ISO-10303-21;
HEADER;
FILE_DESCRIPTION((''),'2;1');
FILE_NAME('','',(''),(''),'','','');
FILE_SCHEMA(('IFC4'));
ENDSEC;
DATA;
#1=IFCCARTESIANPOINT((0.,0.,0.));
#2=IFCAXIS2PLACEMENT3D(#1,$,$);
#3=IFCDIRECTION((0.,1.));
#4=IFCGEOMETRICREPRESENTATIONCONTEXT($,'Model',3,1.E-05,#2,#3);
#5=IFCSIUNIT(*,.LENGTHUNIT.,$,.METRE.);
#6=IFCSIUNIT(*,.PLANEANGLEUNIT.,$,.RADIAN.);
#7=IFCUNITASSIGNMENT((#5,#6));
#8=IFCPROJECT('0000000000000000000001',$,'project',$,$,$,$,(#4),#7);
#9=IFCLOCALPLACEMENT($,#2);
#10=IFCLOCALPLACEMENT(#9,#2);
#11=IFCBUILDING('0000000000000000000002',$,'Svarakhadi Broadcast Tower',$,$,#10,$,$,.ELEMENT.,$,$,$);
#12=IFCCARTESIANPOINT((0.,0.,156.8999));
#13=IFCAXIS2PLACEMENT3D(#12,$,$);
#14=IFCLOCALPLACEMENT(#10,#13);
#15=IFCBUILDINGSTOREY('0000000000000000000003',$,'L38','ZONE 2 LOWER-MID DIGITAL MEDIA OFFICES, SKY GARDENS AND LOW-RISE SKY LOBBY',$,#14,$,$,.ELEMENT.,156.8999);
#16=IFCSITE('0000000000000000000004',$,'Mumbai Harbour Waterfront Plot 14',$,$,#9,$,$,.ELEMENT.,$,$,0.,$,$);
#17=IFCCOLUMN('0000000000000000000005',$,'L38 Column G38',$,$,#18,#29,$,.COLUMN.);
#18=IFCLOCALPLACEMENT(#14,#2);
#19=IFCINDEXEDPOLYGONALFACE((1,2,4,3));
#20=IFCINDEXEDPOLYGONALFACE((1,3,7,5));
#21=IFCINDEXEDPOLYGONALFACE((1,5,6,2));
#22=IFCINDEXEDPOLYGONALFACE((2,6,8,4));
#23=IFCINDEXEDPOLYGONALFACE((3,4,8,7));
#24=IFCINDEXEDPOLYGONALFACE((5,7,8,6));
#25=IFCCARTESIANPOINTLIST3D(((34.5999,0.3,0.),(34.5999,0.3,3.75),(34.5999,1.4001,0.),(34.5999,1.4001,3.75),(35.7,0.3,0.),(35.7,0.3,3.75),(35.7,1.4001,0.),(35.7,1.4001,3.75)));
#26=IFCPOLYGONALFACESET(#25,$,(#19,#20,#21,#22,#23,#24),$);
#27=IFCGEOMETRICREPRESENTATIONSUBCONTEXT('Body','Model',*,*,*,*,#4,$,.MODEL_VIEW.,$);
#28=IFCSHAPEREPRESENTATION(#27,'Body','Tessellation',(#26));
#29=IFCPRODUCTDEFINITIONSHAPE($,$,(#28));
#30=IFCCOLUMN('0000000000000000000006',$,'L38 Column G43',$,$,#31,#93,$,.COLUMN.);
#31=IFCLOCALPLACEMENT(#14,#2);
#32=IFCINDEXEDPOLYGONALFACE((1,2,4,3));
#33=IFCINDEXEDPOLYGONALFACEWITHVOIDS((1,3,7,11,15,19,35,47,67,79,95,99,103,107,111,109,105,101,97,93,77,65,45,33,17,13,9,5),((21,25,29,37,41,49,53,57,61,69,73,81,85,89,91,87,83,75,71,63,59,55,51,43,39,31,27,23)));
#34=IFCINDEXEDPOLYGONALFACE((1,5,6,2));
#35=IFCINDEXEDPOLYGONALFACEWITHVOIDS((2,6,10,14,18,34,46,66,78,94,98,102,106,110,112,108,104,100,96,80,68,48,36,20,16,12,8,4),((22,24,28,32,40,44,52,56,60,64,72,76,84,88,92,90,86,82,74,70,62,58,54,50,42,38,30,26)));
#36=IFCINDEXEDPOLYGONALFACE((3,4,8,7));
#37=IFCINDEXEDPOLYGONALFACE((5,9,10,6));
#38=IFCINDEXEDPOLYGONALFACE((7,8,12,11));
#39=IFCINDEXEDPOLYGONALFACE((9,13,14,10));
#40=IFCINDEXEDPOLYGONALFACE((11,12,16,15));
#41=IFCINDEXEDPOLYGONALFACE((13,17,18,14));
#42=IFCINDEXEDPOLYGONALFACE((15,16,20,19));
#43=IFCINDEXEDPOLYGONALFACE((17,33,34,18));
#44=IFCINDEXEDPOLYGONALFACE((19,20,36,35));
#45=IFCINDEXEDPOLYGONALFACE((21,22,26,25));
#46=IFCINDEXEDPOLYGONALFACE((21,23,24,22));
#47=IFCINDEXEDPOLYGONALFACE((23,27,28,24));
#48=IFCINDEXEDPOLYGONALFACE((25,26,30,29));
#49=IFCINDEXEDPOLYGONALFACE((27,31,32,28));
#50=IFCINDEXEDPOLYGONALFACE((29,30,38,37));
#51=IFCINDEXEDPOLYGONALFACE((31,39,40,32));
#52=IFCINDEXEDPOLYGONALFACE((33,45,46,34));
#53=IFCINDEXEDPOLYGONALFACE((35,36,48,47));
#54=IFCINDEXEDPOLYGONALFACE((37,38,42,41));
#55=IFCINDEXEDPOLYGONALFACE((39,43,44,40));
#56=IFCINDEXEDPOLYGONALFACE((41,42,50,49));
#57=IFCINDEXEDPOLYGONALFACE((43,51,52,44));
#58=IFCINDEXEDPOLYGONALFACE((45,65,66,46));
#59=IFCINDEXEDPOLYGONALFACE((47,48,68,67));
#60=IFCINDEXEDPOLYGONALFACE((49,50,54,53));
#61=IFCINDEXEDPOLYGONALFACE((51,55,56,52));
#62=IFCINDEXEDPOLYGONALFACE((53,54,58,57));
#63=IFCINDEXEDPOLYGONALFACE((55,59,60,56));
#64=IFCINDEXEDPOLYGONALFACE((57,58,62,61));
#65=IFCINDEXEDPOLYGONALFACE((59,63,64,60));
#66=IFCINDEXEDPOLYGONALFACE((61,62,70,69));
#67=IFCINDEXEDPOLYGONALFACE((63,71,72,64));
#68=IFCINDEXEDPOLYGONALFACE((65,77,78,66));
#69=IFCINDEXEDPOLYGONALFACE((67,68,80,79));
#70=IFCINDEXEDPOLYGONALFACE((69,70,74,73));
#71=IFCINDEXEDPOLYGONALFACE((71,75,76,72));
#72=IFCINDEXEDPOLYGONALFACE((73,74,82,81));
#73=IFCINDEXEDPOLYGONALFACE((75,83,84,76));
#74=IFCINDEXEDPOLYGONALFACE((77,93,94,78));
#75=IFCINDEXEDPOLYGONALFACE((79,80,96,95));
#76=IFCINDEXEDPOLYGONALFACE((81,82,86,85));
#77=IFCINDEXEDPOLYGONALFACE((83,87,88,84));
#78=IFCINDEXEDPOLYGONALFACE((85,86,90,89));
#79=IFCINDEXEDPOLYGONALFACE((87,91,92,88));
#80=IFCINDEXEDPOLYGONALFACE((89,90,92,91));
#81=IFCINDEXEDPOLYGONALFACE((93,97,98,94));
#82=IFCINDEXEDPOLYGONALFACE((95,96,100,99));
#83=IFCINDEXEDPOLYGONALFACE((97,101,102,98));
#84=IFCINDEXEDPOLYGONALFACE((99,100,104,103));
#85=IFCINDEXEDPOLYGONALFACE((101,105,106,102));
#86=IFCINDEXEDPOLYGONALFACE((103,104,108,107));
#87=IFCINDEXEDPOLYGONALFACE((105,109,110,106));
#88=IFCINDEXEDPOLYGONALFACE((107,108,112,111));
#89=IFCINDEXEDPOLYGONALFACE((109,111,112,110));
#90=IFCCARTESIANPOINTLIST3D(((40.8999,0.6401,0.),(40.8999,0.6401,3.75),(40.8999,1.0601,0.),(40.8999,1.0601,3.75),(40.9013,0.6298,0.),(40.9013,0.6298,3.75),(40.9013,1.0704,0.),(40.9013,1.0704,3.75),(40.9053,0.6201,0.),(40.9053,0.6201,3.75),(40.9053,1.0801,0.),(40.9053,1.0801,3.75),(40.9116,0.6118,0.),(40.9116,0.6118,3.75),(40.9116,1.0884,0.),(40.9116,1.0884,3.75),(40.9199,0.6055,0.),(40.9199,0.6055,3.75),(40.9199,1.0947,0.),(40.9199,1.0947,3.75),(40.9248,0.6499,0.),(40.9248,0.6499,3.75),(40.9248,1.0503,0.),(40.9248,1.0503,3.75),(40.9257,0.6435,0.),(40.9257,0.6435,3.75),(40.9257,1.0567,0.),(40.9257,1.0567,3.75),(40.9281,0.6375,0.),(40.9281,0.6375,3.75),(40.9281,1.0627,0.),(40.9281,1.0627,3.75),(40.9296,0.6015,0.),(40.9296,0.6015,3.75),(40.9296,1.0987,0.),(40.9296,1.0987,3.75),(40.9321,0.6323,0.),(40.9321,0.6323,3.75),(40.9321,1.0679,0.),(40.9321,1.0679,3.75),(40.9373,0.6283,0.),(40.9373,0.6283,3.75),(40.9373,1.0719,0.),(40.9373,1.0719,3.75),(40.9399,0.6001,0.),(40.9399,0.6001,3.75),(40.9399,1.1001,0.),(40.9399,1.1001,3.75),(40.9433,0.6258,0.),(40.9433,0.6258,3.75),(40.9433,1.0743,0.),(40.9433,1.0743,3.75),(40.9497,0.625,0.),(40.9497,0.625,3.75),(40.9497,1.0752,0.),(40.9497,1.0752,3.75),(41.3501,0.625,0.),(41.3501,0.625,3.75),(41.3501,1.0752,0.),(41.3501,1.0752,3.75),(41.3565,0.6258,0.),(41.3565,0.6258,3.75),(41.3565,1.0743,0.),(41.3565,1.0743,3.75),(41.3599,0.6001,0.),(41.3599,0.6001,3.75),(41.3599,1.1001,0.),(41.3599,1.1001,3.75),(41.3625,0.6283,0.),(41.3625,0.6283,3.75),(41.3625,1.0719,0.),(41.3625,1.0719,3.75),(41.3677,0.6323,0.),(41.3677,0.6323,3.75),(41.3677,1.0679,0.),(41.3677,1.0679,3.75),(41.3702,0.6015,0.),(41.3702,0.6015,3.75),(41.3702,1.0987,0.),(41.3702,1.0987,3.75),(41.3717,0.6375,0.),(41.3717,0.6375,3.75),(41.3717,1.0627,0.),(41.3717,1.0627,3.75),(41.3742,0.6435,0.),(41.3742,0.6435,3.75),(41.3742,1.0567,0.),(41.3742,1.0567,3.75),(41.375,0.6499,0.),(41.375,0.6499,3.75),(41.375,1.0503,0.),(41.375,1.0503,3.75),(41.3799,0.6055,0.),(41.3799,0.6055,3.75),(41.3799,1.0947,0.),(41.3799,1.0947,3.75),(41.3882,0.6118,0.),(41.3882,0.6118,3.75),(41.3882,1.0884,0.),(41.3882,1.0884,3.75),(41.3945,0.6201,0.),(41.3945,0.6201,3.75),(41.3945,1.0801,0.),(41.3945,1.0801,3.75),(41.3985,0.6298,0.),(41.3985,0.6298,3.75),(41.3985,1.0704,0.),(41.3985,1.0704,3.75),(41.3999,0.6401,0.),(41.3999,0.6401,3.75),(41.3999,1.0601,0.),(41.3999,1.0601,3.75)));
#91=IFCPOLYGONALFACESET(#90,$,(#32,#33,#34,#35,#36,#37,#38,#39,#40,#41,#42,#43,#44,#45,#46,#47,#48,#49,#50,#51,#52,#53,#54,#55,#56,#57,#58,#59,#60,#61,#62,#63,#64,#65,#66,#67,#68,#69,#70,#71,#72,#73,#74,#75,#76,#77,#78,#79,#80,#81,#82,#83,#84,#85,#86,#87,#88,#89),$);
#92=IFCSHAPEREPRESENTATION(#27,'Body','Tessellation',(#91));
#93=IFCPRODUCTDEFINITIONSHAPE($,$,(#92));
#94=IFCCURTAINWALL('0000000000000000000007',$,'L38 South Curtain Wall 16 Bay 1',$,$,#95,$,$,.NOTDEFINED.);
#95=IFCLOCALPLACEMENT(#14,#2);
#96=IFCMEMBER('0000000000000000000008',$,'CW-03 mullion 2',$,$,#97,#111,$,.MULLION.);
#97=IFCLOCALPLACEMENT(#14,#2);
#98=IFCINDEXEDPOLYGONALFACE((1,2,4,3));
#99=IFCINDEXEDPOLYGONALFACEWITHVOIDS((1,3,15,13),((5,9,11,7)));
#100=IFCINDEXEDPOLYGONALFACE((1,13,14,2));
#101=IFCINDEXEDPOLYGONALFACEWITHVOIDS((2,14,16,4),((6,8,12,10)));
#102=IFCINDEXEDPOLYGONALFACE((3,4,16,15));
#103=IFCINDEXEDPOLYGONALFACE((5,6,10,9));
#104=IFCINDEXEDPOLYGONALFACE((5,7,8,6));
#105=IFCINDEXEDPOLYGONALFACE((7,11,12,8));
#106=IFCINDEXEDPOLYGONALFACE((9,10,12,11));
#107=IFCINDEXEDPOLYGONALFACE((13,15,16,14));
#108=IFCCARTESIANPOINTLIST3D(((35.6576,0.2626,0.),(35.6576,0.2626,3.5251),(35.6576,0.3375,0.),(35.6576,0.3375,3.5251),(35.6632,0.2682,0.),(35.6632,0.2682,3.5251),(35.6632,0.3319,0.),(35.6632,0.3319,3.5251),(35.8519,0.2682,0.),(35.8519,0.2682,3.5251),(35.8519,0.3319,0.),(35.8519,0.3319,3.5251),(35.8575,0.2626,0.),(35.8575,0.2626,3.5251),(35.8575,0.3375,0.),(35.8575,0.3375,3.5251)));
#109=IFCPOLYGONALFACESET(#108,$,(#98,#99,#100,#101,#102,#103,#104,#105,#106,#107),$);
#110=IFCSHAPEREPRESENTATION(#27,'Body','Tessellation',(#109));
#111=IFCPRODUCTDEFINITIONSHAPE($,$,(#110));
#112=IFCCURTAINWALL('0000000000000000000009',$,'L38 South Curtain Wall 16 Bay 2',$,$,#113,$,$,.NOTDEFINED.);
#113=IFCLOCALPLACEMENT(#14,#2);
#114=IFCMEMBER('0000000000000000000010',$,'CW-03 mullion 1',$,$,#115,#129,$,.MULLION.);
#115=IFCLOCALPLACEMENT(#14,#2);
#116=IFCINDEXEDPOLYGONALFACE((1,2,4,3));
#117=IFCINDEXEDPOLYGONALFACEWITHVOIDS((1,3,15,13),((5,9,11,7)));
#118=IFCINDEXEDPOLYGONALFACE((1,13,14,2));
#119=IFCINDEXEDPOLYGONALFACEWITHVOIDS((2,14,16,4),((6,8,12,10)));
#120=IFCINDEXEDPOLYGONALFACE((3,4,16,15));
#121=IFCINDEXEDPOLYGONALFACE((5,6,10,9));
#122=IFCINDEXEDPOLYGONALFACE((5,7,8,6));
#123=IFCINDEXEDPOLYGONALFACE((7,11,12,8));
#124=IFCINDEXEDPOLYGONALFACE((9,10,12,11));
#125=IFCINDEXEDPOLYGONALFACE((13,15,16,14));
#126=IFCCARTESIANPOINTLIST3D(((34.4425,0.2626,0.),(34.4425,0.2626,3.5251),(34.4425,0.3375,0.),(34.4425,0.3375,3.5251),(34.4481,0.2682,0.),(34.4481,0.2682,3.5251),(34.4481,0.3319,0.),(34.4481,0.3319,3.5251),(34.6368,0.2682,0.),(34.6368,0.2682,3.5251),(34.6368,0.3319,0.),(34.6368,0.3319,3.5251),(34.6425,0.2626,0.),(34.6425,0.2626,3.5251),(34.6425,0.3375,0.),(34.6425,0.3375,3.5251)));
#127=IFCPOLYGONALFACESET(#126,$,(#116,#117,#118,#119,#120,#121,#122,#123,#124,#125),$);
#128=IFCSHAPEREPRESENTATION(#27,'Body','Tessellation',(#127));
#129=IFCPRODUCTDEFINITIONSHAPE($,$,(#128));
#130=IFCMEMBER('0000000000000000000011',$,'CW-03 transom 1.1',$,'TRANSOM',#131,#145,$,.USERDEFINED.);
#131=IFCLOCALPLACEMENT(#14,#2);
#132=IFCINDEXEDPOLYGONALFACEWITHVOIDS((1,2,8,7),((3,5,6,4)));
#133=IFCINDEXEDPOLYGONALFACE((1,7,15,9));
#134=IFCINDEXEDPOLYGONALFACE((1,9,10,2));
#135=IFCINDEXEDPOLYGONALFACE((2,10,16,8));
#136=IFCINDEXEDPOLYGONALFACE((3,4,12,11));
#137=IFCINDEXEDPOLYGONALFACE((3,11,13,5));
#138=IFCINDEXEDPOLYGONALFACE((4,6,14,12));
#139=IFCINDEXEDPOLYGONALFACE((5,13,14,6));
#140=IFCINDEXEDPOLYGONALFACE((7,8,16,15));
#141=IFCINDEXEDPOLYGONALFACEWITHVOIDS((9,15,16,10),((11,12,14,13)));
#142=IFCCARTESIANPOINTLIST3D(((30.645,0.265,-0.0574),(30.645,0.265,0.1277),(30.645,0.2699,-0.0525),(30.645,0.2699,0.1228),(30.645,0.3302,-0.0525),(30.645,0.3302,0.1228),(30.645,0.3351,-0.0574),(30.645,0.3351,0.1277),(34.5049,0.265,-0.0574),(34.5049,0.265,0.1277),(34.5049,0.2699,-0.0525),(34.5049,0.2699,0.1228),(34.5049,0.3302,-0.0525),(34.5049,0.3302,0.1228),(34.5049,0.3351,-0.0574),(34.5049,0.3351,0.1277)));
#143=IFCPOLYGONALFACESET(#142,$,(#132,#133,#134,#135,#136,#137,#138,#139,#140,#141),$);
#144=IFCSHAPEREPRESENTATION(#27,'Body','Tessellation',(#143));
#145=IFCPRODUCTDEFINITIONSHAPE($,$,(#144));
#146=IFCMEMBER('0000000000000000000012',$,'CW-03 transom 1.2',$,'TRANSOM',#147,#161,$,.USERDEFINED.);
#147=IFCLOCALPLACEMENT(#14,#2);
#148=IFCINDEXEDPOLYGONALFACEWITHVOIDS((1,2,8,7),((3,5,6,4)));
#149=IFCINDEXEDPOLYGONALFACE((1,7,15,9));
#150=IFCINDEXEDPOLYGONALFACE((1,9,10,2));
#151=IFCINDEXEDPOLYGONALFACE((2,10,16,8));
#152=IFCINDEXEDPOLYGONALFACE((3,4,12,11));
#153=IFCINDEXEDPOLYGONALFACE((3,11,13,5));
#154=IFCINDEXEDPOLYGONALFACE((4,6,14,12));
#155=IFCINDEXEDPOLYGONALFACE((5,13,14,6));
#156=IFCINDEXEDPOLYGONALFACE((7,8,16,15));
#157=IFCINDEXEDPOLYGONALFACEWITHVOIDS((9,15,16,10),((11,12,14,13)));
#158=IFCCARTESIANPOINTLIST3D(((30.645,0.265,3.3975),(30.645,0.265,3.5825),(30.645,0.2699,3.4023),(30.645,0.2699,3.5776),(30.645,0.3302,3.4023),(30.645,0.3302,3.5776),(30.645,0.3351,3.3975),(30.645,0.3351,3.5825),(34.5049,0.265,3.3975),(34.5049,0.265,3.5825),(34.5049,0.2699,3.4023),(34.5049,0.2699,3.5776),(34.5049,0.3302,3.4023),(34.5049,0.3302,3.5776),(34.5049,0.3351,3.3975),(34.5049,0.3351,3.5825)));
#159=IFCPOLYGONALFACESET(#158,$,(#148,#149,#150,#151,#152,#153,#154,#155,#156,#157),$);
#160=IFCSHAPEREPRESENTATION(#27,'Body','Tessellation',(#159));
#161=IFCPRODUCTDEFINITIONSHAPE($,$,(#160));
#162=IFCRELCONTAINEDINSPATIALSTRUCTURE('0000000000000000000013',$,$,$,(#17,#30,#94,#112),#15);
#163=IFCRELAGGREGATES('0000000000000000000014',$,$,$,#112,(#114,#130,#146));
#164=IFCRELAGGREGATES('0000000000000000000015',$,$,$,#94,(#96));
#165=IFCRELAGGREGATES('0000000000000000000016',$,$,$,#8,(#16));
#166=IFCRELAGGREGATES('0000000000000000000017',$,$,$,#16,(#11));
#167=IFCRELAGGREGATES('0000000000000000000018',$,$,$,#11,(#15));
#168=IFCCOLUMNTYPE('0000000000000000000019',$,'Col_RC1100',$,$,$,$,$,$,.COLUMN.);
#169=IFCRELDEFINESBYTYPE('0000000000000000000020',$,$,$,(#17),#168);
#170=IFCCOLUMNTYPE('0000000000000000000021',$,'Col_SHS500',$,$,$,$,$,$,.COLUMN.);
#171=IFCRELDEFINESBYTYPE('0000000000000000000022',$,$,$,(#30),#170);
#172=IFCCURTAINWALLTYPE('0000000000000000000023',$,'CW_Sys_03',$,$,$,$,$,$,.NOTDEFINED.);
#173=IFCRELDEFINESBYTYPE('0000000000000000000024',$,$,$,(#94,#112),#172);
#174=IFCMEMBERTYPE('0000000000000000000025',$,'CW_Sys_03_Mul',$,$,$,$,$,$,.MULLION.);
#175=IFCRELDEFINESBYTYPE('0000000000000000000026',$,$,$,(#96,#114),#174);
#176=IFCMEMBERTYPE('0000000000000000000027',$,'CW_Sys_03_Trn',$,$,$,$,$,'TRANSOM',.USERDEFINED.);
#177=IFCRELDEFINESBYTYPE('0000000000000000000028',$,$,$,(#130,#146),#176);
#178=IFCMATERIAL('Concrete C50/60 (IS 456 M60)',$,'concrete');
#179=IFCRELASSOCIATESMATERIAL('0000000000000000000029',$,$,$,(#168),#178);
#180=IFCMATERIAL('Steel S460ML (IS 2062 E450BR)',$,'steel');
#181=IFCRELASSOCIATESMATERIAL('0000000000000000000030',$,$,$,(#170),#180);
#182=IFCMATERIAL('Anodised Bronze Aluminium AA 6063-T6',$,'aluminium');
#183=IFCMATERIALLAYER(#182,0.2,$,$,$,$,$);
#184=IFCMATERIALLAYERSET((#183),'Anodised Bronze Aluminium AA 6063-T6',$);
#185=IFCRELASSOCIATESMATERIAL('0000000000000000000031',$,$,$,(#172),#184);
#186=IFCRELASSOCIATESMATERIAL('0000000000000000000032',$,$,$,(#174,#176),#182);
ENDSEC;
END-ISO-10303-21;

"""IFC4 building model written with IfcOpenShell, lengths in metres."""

from ifc_helpers import new_model, si_unit, direction, frame, origin, origin_2d, place, context, subcontext, project, spatial, rectangle, hollow_rectangle, extrude, material, layer, layer_set, material_profile, profile_set, type_object, element, aggregate, save


model = new_model("IFC4")

# Units and contexts
model_context = context("Model", 3, precision=1e-05, world=origin(), true_north=direction((0.0, 1.0)))
body_context = subcontext(model_context, "Body", "Model", "MODEL_VIEW")
ifc_project = project(units=[si_unit("LENGTHUNIT", "METRE"), si_unit("PLANEANGLEUNIT", "RADIAN")], contexts=[model_context])

# Site, building, storey
site_placement = place(None, origin())
site = spatial("IfcSite", under=ifc_project, at=site_placement, Name="Mumbai Harbour Waterfront Plot 14", CompositionType="ELEMENT", RefElevation=0.0)
building_placement = place(site_placement, origin())
building = spatial("IfcBuilding", under=site, at=building_placement, Name="Svarakhadi Broadcast Tower", CompositionType="ELEMENT")
storey_placement = place(building_placement, frame((0.0, 0.0, 156.8999)))
storey = spatial("IfcBuildingStorey", under=building, at=storey_placement, Name="L38", Description="ZONE 2 LOWER-MID DIGITAL MEDIA OFFICES, SKY GARDENS AND LOW-RISE SKY LOBBY", CompositionType="ELEMENT", Elevation=156.8999)

# Columns
ifc_material_1 = material(Name="Concrete C50/60 (IS 456 M60)", Category="concrete")
ifc_material_profile_1 = material_profile(ifc_material_1, rectangle(XDim=1.1001, YDim=1.1001, at=origin_2d()), Name="RC 1100x1100")
ifc_profile_set_1 = profile_set([ifc_material_profile_1], Name="Concrete C50/60 (IS 456 M60)")
column_type_1 = type_object("IfcColumnType", Name="Col_RC1100", PredefinedType="COLUMN", material=ifc_profile_set_1)
column_1_placement = place(storey_placement, frame((35.1499, 0.8501, 0.0), z_axis=(0.0, 0.0, 1.0), x_axis=(1.0, 0.0, 0.0)))
element("IfcColumn", 1, at=column_1_placement, inside=storey, type_object=column_type_1, Name="L38 Column G38", PredefinedType="COLUMN", context=body_context, shape_type="SweptSolid", body=[
    extrude(rectangle(XDim=1.1001, YDim=1.1001, at=origin_2d()), origin(), (0.0, 0.0, 1.0), 3.75),
])
ifc_material_2 = material(Name="Steel S460ML (IS 2062 E450BR)", Category="steel")
ifc_material_profile_2 = material_profile(ifc_material_2, hollow_rectangle(XDim=0.5, YDim=0.5, WallThickness=0.0249, InnerFilletRadius=0.0249, OuterFilletRadius=0.04, at=origin_2d()), Name="SHS 500x500x25")
ifc_profile_set_2 = profile_set([ifc_material_profile_2], Name="Steel S460ML (IS 2062 E450BR)")
column_type_2 = type_object("IfcColumnType", Name="Col_SHS500", PredefinedType="COLUMN", material=ifc_profile_set_2)
column_2_placement = place(storey_placement, frame((41.1499, 0.8501, 0.0), z_axis=(0.0, 0.0, 1.0), x_axis=(1.0, 0.0, 0.0)))
element("IfcColumn", 2, at=column_2_placement, inside=storey, type_object=column_type_2, Name="L38 Column G43", PredefinedType="COLUMN", context=body_context, shape_type="SweptSolid", body=[
    extrude(hollow_rectangle(XDim=0.5, YDim=0.5, WallThickness=0.0249, InnerFilletRadius=0.0249, OuterFilletRadius=0.04, at=origin_2d()), origin(), (0.0, 0.0, 1.0), 3.75),
])

# Curtain wall, member
ifc_material_3 = material(Name="Anodised Bronze Aluminium AA 6063-T6", Category="aluminium")
ifc_layer_1 = layer(ifc_material_3, 0.2)
ifc_layer_set_1 = layer_set([ifc_layer_1], Name="Anodised Bronze Aluminium AA 6063-T6")
curtain_wall_type = type_object("IfcCurtainWallType", Name="CW_Sys_03", PredefinedType="NOTDEFINED", material=ifc_layer_set_1)
curtain_wall_1_placement = place(storey_placement, origin())
curtain_wall_1 = element("IfcCurtainWall", 3, at=curtain_wall_1_placement, inside=storey, type_object=curtain_wall_type, Name="L38 South Curtain Wall 16 Bay 1", PredefinedType="NOTDEFINED")
ifc_material_profile_3 = material_profile(ifc_material_3, hollow_rectangle(XDim=0.075, YDim=0.2, WallThickness=0.0056, at=origin_2d()), Name="ALU MULLION 200x75x6")
ifc_profile_set_3 = profile_set([ifc_material_profile_3], Name="Anodised Bronze Aluminium AA 6063-T6")
member_type_1 = type_object("IfcMemberType", Name="CW_Sys_03_Mul", PredefinedType="MULLION", material=ifc_profile_set_3)
member_1_placement = place(storey_placement, frame((35.7576, 0.3, 0.0), z_axis=(0.0, 0.0, 1.0), x_axis=(0.0, -1.0, 0.0)))
member_1 = element("IfcMember", 4, at=member_1_placement, type_object=member_type_1, Name="CW-03 mullion 2", PredefinedType="MULLION", context=body_context, shape_type="SweptSolid", body=[
    extrude(hollow_rectangle(XDim=0.075, YDim=0.2, WallThickness=0.0056, at=origin_2d()), origin(), (0.0, 0.0, 1.0), 3.5251),
])

# Curtain wall, members
curtain_wall_2_placement = place(storey_placement, origin())
curtain_wall_2 = element("IfcCurtainWall", 5, at=curtain_wall_2_placement, inside=storey, type_object=curtain_wall_type, Name="L38 South Curtain Wall 16 Bay 2", PredefinedType="NOTDEFINED")
member_2_placement = place(storey_placement, frame((34.5425, 0.3, 0.0), z_axis=(0.0, 0.0, 1.0), x_axis=(0.0, -1.0, 0.0)))
member_2 = element("IfcMember", 6, at=member_2_placement, type_object=member_type_1, Name="CW-03 mullion 1", PredefinedType="MULLION", context=body_context, shape_type="SweptSolid", body=[
    extrude(hollow_rectangle(XDim=0.075, YDim=0.2, WallThickness=0.0056, at=origin_2d()), origin(), (0.0, 0.0, 1.0), 3.5251),
])
ifc_material_profile_4 = material_profile(ifc_material_3, hollow_rectangle(XDim=0.0701, YDim=0.1851, WallThickness=0.0049, at=origin_2d()), Name="ALU TRANSOM 185x70x5")
ifc_profile_set_4 = profile_set([ifc_material_profile_4], Name="Anodised Bronze Aluminium AA 6063-T6")
member_type_2 = type_object("IfcMemberType", Name="CW_Sys_03_Trn", ElementType="TRANSOM", PredefinedType="USERDEFINED", material=ifc_profile_set_4)
member_3_placement = place(storey_placement, frame((34.5049, 0.3, 0.0352), z_axis=(-1.0, 0.0, 0.0), x_axis=(0.0, -1.0, 0.0)))
member_3 = element("IfcMember", 7, at=member_3_placement, type_object=member_type_2, Name="CW-03 transom 1.1", ObjectType="TRANSOM", PredefinedType="USERDEFINED", context=body_context, shape_type="SweptSolid", body=[
    extrude(hollow_rectangle(XDim=0.0701, YDim=0.1851, WallThickness=0.0049, at=origin_2d()), origin(), (0.0, 0.0, 1.0), 3.8599),
])
member_4_placement = place(storey_placement, frame((34.5049, 0.3, 3.49), z_axis=(-1.0, 0.0, 0.0), x_axis=(0.0, -1.0, 0.0)))
member_4 = element("IfcMember", 8, at=member_4_placement, type_object=member_type_2, Name="CW-03 transom 1.2", ObjectType="TRANSOM", PredefinedType="USERDEFINED", context=body_context, shape_type="SweptSolid", body=[
    extrude(hollow_rectangle(XDim=0.0701, YDim=0.1851, WallThickness=0.0049, at=origin_2d()), origin(), (0.0, 0.0, 1.0), 3.8599),
])
aggregate(curtain_wall_2, [member_2, member_3, member_4])

aggregate(curtain_wall_1, [member_1])

save(model, "model.ifc")
